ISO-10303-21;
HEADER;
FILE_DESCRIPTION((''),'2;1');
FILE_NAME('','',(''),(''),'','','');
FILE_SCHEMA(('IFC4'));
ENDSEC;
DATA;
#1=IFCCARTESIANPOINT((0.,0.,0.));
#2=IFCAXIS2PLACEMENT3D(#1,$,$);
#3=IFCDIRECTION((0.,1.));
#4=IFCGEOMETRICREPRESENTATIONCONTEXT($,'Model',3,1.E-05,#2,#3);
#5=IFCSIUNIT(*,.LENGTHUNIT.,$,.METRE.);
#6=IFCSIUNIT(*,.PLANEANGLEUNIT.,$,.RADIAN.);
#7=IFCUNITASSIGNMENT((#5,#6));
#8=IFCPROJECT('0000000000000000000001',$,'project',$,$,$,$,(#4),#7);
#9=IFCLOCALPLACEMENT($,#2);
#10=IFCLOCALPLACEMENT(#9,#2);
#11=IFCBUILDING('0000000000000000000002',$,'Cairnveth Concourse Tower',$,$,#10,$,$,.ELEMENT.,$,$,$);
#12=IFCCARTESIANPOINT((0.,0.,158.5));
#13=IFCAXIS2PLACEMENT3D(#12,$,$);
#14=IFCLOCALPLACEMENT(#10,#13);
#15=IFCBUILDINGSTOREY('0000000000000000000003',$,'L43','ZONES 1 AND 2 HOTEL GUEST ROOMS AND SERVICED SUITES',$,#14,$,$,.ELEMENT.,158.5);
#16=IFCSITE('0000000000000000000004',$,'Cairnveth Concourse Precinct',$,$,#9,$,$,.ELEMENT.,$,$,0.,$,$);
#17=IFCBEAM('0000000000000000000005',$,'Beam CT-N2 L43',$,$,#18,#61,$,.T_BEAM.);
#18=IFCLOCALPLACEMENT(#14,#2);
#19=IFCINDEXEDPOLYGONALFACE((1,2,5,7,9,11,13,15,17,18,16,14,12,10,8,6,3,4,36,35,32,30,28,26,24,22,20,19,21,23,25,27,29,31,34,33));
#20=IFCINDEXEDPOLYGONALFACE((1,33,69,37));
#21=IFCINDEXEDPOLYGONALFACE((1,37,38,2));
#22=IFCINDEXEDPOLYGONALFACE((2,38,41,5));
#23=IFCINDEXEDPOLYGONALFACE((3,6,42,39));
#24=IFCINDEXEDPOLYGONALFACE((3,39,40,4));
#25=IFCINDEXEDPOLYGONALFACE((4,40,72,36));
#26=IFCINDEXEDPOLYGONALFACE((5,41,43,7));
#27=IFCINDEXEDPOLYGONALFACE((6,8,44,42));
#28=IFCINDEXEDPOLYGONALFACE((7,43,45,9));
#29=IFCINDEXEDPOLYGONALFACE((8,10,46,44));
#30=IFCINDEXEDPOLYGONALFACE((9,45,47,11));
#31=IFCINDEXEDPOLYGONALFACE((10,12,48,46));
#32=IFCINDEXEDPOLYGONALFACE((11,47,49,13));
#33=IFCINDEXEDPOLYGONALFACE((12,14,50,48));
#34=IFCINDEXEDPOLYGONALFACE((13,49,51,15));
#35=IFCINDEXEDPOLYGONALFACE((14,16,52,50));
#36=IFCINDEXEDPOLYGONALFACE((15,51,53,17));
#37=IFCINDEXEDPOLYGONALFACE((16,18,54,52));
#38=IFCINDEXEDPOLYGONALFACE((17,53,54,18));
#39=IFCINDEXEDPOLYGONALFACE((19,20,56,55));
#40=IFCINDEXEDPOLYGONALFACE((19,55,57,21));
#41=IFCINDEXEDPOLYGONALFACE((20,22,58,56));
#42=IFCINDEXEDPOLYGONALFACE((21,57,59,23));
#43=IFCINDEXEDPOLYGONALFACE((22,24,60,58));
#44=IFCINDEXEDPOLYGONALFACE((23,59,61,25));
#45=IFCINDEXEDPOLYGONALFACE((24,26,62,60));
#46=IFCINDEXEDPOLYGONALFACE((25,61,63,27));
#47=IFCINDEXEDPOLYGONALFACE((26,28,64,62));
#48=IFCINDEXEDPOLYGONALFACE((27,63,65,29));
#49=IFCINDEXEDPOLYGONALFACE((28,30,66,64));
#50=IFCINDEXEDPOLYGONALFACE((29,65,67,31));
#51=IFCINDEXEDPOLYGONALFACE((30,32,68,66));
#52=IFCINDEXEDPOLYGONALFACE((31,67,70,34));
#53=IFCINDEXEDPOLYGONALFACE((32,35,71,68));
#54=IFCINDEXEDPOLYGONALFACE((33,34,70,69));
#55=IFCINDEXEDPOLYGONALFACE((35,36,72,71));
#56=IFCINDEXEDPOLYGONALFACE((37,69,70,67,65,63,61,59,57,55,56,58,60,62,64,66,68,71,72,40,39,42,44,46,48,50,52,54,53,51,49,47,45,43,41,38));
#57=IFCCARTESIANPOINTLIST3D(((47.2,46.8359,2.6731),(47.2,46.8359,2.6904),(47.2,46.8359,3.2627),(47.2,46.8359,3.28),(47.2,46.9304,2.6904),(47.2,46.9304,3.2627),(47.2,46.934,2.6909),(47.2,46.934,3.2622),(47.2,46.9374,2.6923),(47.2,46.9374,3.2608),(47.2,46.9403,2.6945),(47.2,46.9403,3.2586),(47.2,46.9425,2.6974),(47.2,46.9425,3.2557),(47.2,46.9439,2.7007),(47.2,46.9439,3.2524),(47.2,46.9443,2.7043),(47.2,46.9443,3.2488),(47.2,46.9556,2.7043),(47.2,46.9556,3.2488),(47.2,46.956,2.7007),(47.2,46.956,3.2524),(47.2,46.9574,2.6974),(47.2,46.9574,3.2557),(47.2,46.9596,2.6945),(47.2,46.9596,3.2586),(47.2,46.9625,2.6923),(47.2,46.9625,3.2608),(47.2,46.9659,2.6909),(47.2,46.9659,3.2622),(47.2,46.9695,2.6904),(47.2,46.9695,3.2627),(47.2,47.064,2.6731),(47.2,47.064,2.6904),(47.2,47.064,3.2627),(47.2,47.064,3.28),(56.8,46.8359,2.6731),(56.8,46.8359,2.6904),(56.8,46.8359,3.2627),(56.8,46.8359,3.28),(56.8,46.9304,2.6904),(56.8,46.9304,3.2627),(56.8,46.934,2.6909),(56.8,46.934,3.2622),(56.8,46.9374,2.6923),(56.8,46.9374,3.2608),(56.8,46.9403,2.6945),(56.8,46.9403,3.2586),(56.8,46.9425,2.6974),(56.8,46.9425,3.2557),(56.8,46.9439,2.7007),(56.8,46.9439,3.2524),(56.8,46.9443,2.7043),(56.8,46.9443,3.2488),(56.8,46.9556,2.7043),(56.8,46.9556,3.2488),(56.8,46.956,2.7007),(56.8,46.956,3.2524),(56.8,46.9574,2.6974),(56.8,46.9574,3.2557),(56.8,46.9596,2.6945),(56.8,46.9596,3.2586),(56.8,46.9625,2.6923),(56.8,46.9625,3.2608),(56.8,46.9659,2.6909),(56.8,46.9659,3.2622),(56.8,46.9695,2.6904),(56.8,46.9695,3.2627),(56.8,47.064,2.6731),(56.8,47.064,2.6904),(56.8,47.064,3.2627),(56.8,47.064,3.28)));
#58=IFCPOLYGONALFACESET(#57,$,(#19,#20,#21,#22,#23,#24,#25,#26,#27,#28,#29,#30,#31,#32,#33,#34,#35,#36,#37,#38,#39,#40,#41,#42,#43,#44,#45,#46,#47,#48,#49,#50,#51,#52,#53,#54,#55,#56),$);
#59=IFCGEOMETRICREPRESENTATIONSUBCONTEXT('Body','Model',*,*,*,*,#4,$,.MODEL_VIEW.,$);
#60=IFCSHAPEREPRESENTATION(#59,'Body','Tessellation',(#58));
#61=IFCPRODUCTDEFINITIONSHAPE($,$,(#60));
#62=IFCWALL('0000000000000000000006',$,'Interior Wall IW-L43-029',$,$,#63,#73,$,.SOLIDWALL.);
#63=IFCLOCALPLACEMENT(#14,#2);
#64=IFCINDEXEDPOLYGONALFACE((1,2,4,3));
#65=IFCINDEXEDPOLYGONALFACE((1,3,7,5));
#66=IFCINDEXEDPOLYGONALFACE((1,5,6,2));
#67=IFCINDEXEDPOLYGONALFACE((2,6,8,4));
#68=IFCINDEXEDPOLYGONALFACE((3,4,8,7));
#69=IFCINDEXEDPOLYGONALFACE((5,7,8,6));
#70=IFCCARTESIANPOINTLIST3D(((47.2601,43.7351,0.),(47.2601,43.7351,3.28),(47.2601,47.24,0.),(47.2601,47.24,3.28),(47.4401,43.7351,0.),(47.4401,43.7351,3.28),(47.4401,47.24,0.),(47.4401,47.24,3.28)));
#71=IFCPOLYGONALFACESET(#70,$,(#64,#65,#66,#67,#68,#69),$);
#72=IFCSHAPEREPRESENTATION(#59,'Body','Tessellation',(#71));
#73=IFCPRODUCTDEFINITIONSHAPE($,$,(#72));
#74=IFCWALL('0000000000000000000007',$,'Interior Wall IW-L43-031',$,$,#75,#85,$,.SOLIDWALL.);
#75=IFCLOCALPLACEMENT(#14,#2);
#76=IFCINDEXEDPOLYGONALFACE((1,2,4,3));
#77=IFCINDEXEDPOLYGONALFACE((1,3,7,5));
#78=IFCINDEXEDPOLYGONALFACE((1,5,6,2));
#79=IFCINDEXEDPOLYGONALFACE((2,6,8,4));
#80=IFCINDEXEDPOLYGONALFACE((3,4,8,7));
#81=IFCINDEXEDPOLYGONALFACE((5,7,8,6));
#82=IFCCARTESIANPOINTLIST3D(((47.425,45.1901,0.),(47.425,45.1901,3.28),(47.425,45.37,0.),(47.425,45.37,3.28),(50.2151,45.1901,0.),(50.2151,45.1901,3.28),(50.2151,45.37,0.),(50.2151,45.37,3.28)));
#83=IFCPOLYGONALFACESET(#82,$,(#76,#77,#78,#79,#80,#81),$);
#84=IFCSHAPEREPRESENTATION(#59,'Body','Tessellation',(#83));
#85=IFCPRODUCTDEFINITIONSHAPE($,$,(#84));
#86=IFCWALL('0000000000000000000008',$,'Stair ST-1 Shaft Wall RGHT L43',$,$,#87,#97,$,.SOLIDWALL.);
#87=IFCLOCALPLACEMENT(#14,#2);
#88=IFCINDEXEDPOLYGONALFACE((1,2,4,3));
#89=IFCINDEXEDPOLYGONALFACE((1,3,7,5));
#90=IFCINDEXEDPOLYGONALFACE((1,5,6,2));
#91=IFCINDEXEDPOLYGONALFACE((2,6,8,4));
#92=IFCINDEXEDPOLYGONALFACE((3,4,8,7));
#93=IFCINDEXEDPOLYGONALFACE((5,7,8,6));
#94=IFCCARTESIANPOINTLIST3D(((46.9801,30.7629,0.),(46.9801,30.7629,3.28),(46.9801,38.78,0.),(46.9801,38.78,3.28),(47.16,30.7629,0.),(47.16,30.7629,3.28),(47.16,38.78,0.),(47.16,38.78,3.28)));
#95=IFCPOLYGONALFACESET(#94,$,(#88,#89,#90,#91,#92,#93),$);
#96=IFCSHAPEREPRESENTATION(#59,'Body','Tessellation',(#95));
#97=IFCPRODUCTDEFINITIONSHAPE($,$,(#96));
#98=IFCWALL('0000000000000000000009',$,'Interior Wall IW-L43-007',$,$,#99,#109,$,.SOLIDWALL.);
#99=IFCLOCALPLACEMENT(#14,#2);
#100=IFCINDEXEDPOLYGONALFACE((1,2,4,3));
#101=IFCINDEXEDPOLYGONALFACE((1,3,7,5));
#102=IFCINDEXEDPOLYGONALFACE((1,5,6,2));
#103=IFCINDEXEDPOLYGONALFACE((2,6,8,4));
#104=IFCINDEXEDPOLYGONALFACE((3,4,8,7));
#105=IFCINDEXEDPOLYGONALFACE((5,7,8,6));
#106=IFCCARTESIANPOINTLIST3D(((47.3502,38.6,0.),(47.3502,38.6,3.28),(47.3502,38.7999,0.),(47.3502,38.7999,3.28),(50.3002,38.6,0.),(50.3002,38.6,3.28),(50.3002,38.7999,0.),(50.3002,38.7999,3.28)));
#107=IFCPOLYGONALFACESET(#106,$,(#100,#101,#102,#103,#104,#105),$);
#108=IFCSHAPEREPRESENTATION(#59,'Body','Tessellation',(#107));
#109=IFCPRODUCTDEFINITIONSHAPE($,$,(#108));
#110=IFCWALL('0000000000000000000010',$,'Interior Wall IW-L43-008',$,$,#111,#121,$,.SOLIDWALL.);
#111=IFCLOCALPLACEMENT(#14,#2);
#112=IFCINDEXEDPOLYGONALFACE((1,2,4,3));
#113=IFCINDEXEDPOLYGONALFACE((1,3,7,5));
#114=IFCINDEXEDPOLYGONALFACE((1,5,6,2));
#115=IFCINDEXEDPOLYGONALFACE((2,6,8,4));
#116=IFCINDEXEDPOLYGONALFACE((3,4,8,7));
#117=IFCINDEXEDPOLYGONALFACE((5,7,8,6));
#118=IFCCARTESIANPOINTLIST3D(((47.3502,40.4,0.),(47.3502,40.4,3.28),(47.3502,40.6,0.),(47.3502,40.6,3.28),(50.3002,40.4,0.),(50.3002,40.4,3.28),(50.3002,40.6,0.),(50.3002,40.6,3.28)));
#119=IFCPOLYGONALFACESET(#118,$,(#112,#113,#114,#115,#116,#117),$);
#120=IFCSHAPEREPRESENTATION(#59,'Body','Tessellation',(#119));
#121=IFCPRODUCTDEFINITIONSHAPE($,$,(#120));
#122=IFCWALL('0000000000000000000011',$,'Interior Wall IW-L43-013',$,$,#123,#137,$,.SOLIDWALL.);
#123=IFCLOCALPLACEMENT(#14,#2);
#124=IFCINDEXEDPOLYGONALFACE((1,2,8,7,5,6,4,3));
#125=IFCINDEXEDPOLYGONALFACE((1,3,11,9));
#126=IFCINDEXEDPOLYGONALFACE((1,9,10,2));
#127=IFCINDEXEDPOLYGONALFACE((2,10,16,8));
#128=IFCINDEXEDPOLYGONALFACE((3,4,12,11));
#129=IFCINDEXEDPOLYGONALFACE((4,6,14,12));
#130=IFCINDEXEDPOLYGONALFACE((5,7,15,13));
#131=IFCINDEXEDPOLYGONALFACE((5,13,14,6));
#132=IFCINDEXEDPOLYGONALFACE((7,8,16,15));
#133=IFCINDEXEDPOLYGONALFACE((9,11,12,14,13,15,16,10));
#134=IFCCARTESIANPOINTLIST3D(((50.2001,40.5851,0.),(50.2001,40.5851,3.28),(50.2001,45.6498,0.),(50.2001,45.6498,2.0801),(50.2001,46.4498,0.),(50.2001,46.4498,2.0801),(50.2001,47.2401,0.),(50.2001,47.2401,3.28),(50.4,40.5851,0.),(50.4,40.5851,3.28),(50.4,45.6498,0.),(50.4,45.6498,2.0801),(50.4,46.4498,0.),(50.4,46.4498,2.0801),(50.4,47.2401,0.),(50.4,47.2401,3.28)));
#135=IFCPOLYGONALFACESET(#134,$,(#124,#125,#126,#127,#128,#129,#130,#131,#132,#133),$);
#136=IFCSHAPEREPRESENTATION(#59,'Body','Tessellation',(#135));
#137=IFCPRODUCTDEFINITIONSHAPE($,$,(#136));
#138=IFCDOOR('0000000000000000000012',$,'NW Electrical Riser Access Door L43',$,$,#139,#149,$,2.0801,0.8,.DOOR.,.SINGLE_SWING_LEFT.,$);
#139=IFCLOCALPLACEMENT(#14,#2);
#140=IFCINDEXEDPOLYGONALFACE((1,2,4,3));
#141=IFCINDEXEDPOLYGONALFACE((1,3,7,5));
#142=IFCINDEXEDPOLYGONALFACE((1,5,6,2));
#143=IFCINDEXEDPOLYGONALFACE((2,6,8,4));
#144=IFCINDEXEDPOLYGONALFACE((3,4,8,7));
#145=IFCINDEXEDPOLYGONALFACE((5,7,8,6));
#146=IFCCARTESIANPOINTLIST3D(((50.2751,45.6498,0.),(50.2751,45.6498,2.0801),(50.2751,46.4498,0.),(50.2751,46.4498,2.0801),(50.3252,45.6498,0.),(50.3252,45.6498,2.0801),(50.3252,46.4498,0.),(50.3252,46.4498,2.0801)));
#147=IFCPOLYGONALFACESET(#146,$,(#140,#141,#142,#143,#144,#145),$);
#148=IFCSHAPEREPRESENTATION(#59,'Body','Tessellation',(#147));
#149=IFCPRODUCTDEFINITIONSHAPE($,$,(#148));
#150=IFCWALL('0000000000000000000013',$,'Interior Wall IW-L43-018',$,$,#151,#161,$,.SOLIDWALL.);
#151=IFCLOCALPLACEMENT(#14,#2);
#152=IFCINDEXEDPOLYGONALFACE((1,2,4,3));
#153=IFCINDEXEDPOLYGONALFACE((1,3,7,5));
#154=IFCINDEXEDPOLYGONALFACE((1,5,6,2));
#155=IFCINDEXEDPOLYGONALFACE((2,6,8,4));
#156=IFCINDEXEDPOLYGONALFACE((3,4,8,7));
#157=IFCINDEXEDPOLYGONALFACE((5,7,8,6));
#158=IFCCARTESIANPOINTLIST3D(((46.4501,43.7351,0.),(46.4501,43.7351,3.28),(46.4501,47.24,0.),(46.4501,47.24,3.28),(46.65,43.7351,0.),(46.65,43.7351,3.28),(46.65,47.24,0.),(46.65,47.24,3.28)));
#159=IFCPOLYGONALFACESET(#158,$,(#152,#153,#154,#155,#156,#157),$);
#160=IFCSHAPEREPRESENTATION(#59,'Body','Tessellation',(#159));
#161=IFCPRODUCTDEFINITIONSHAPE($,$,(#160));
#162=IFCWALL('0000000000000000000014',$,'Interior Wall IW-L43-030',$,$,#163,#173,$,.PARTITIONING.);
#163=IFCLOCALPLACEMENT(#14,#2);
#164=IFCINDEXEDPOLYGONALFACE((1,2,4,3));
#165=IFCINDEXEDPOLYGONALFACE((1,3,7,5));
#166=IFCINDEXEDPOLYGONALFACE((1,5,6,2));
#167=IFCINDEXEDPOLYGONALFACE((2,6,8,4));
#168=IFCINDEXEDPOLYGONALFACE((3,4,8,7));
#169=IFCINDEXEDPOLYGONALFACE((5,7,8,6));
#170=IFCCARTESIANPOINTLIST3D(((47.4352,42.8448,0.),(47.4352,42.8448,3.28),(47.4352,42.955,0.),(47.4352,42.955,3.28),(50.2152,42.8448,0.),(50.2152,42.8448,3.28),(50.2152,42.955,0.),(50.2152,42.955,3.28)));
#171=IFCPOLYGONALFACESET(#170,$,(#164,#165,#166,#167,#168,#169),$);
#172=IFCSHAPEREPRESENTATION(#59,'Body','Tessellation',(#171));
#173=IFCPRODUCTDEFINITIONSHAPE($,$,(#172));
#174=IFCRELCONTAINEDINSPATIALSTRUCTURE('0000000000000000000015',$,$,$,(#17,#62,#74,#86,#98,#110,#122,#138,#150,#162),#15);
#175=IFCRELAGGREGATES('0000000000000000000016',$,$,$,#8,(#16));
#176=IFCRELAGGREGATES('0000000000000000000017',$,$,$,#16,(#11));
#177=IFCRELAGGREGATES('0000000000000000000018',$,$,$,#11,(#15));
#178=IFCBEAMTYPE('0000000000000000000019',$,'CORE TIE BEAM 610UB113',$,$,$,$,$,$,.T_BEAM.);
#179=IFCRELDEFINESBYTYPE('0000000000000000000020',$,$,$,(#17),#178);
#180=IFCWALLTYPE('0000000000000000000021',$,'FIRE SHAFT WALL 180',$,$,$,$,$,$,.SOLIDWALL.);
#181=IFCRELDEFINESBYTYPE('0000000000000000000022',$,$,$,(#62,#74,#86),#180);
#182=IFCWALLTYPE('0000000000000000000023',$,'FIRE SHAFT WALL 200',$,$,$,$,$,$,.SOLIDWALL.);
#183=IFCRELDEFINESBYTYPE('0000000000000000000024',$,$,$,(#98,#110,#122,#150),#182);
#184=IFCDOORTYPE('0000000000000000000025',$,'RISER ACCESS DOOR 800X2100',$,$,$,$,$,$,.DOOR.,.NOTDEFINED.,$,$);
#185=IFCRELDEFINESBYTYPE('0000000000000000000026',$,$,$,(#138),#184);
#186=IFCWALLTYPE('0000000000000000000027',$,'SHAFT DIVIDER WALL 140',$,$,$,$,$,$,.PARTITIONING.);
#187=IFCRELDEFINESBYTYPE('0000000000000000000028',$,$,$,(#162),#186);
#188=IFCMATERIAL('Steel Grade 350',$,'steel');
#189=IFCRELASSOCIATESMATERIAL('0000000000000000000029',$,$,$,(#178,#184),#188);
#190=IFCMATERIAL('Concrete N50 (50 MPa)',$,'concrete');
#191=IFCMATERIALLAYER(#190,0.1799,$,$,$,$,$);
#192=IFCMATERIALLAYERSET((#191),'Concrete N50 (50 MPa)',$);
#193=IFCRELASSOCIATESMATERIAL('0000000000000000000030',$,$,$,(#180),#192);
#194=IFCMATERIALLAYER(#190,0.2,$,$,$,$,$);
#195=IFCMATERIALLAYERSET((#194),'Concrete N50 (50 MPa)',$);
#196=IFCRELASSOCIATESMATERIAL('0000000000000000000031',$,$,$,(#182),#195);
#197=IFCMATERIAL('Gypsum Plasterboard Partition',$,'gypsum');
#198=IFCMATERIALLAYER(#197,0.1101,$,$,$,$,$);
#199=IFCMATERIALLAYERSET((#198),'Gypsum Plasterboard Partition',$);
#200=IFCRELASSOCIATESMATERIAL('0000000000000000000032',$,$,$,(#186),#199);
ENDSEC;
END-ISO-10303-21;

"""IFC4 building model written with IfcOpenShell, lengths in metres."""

from ifc_helpers import new_model, si_unit, direction, frame, frame_2d, origin, origin_2d, place, context, subcontext, project, spatial, rectangle, i_section, extrude, material, layer, layer_set, material_profile, profile_set, type_object, element, fill, save


model = new_model("IFC4")

# Units and contexts
model_context = context("Model", 3, precision=1e-05, world=origin(), true_north=direction((0.0, 1.0)))
body_context = subcontext(model_context, "Body", "Model", "MODEL_VIEW")
ifc_project = project(units=[si_unit("LENGTHUNIT", "METRE"), si_unit("PLANEANGLEUNIT", "RADIAN")], contexts=[model_context])

# Site, building, storey
site_placement = place(None, origin())
site = spatial("IfcSite", under=ifc_project, at=site_placement, Name="Cairnveth Concourse Precinct", CompositionType="ELEMENT", RefElevation=0.0)
building_placement = place(site_placement, origin())
building = spatial("IfcBuilding", under=site, at=building_placement, Name="Cairnveth Concourse Tower", CompositionType="ELEMENT")
storey_placement = place(building_placement, frame((0.0, 0.0, 158.5)))
storey = spatial("IfcBuildingStorey", under=building, at=storey_placement, Name="L43", Description="ZONES 1 AND 2 HOTEL GUEST ROOMS AND SERVICED SUITES", CompositionType="ELEMENT", Elevation=158.5)

# Beam
ifc_material_1 = material(Name="Steel Grade 350", Category="steel")
ifc_material_profile = material_profile(ifc_material_1, i_section(OverallWidth=0.228, OverallDepth=0.6069, WebThickness=0.0112, FlangeThickness=0.0173, FilletRadius=0.0139, at=origin_2d()), Name="610UB113")
ifc_profile_set = profile_set([ifc_material_profile], Name="Steel Grade 350")
beam_type = type_object("IfcBeamType", Name="CORE TIE BEAM 610UB113", PredefinedType="T_BEAM", material=ifc_profile_set)
beam_placement = place(storey_placement, frame((47.2, 46.95, 2.9766), z_axis=(1.0, 0.0, 0.0), x_axis=(0.0, 1.0, 0.0)))
element("IfcBeam", 1, at=beam_placement, inside=storey, type_object=beam_type, Name="Beam CT-N2 L43", PredefinedType="T_BEAM", context=body_context, shape_type="SweptSolid", body=[
    extrude(i_section(OverallWidth=0.228, OverallDepth=0.6069, WebThickness=0.0112, FlangeThickness=0.0173, FilletRadius=0.0139, at=origin_2d()), origin(), (0.0, 0.0, 1.0), 9.6001),
])

# Walls
ifc_material_2 = material(Name="Concrete N50 (50 MPa)", Category="concrete")
ifc_layer_1 = layer(ifc_material_2, 0.1799)
ifc_layer_set_1 = layer_set([ifc_layer_1], Name="Concrete N50 (50 MPa)")
wall_type_1 = type_object("IfcWallType", Name="FIRE SHAFT WALL 180", PredefinedType="SOLIDWALL", material=ifc_layer_set_1)
wall_1_placement = place(storey_placement, frame((47.3501, 43.7351, 0.0), z_axis=(0.0, 0.0, 1.0), x_axis=(0.0, 1.0, 0.0)))
element("IfcWall", 2, at=wall_1_placement, inside=storey, type_object=wall_type_1, Name="Interior Wall IW-L43-029", PredefinedType="SOLIDWALL", context=body_context, shape_type="SweptSolid", body=[
    extrude(rectangle(XDim=3.5049, YDim=0.1799, at=frame_2d((1.7524, 0.0))), origin(), (0.0, 0.0, 1.0), 3.28),
])
wall_2_placement = place(storey_placement, frame((47.425, 45.28, 0.0), z_axis=(0.0, 0.0, 1.0), x_axis=(1.0, 0.0, 0.0)))
element("IfcWall", 3, at=wall_2_placement, inside=storey, type_object=wall_type_1, Name="Interior Wall IW-L43-031", PredefinedType="SOLIDWALL", context=body_context, shape_type="SweptSolid", body=[
    extrude(rectangle(XDim=2.79, YDim=0.1799, at=frame_2d((1.395, 0.0))), origin(), (0.0, 0.0, 1.0), 3.28),
])
wall_3_placement = place(storey_placement, frame((47.0701, 38.78, 0.0), z_axis=(0.0, 0.0, 1.0), x_axis=(0.0, -1.0, 0.0)))
element("IfcWall", 4, at=wall_3_placement, inside=storey, type_object=wall_type_1, Name="Stair ST-1 Shaft Wall RGHT L43", PredefinedType="SOLIDWALL", context=body_context, shape_type="SweptSolid", body=[
    extrude(rectangle(XDim=8.0171, YDim=0.1799, at=frame_2d((4.0085, 0.0))), origin(), (0.0, 0.0, 1.0), 3.28),
])
ifc_layer_2 = layer(ifc_material_2, 0.2)
ifc_layer_set_2 = layer_set([ifc_layer_2], Name="Concrete N50 (50 MPa)")
wall_type_2 = type_object("IfcWallType", Name="FIRE SHAFT WALL 200", PredefinedType="SOLIDWALL", material=ifc_layer_set_2)
for number, where, z_axis, x_axis, name in (
    (5, (47.3501, 38.7, 0.0), (0.0, 0.0, 1.0), (1.0, 0.0, 0.0), "Interior Wall IW-L43-007"),
    (6, (47.3501, 40.5, 0.0), (0.0, 0.0, 1.0), (1.0, 0.0, 0.0), "Interior Wall IW-L43-008"),
):
    element("IfcWall", number, at=place(storey_placement, frame(where, z_axis=z_axis, x_axis=x_axis)), inside=storey, type_object=wall_type_2, Name=name, PredefinedType="SOLIDWALL", context=body_context, shape_type="SweptSolid", body=[
        extrude(rectangle(XDim=2.95, YDim=0.2, at=frame_2d((1.4751, 0.0))), origin(), (0.0, 0.0, 1.0), 3.28),
    ])

# Wall, opening, door
wall_4_placement = place(storey_placement, frame((50.3, 40.585, 0.0), z_axis=(0.0, 0.0, 1.0), x_axis=(0.0, 1.0, 0.0)))
wall_4 = element("IfcWall", 7, at=wall_4_placement, inside=storey, type_object=wall_type_2, Name="Interior Wall IW-L43-013", PredefinedType="SOLIDWALL", context=body_context, shape_type="SweptSolid", body=[
    extrude(rectangle(XDim=6.655, YDim=0.2, at=frame_2d((3.3276, 0.0))), origin(), (0.0, 0.0, 1.0), 3.28),
])
opening_1_placement = place(wall_4_placement, frame((5.0649, 0.0, 0.0)))
opening_1 = element("IfcOpeningElement", 8, at=opening_1_placement, cuts=wall_4, PredefinedType="OPENING", context=body_context, shape_type="SweptSolid", body=[
    extrude(rectangle(XDim=0.8, YDim=2.0801, at=frame_2d((0.3999, 1.04))), frame((0.0, 0.1099, 0.0), z_axis=(0.0, -1.0, 0.0), x_axis=(1.0, 0.0, 0.0)), (0.0, 0.0, 1.0), 0.22),
])
door_type_1 = type_object("IfcDoorType", Name="RISER ACCESS DOOR 800X2100", OperationType="NOTDEFINED", PredefinedType="DOOR", material=ifc_material_1)
door_1_placement = place(opening_1_placement, origin())
door_1 = element("IfcDoor", 9, at=door_1_placement, inside=storey, type_object=door_type_1, Name="NW Electrical Riser Access Door L43", OperationType="SINGLE_SWING_LEFT", OverallHeight=2.0801, OverallWidth=0.8, PredefinedType="DOOR", context=body_context, shape_type="SweptSolid", body=[
    extrude(rectangle(XDim=0.8, YDim=2.0801, at=frame_2d((0.3999, 1.04))), frame((0.0, 0.0249, 0.0), z_axis=(0.0, -1.0, 0.0), x_axis=(1.0, 0.0, 0.0)), (0.0, 0.0, 1.0), 0.05),
])
fill(opening_1, door_1)

# Walls
wall_5_placement = place(storey_placement, frame((46.55, 43.7351, 0.0), z_axis=(0.0, 0.0, 1.0), x_axis=(0.0, 1.0, 0.0)))
element("IfcWall", 10, at=wall_5_placement, inside=storey, type_object=wall_type_2, Name="Interior Wall IW-L43-018", PredefinedType="SOLIDWALL", context=body_context, shape_type="SweptSolid", body=[
    extrude(rectangle(XDim=3.5049, YDim=0.2, at=frame_2d((1.7524, 0.0))), origin(), (0.0, 0.0, 1.0), 3.28),
])
ifc_material_3 = material(Name="Gypsum Plasterboard Partition", Category="gypsum")
ifc_layer_3 = layer(ifc_material_3, 0.1101)
ifc_layer_set_3 = layer_set([ifc_layer_3], Name="Gypsum Plasterboard Partition")
wall_type_3 = type_object("IfcWallType", Name="SHAFT DIVIDER WALL 140", PredefinedType="PARTITIONING", material=ifc_layer_set_3)
wall_6_placement = place(storey_placement, frame((47.4351, 42.8999, 0.0), z_axis=(0.0, 0.0, 1.0), x_axis=(1.0, 0.0, 0.0)))
element("IfcWall", 11, at=wall_6_placement, inside=storey, type_object=wall_type_3, Name="Interior Wall IW-L43-030", PredefinedType="PARTITIONING", context=body_context, shape_type="SweptSolid", body=[
    extrude(rectangle(XDim=2.78, YDim=0.1101, at=frame_2d((1.3901, 0.0))), origin(), (0.0, 0.0, 1.0), 3.28),
])

save(model, "model.ifc")
